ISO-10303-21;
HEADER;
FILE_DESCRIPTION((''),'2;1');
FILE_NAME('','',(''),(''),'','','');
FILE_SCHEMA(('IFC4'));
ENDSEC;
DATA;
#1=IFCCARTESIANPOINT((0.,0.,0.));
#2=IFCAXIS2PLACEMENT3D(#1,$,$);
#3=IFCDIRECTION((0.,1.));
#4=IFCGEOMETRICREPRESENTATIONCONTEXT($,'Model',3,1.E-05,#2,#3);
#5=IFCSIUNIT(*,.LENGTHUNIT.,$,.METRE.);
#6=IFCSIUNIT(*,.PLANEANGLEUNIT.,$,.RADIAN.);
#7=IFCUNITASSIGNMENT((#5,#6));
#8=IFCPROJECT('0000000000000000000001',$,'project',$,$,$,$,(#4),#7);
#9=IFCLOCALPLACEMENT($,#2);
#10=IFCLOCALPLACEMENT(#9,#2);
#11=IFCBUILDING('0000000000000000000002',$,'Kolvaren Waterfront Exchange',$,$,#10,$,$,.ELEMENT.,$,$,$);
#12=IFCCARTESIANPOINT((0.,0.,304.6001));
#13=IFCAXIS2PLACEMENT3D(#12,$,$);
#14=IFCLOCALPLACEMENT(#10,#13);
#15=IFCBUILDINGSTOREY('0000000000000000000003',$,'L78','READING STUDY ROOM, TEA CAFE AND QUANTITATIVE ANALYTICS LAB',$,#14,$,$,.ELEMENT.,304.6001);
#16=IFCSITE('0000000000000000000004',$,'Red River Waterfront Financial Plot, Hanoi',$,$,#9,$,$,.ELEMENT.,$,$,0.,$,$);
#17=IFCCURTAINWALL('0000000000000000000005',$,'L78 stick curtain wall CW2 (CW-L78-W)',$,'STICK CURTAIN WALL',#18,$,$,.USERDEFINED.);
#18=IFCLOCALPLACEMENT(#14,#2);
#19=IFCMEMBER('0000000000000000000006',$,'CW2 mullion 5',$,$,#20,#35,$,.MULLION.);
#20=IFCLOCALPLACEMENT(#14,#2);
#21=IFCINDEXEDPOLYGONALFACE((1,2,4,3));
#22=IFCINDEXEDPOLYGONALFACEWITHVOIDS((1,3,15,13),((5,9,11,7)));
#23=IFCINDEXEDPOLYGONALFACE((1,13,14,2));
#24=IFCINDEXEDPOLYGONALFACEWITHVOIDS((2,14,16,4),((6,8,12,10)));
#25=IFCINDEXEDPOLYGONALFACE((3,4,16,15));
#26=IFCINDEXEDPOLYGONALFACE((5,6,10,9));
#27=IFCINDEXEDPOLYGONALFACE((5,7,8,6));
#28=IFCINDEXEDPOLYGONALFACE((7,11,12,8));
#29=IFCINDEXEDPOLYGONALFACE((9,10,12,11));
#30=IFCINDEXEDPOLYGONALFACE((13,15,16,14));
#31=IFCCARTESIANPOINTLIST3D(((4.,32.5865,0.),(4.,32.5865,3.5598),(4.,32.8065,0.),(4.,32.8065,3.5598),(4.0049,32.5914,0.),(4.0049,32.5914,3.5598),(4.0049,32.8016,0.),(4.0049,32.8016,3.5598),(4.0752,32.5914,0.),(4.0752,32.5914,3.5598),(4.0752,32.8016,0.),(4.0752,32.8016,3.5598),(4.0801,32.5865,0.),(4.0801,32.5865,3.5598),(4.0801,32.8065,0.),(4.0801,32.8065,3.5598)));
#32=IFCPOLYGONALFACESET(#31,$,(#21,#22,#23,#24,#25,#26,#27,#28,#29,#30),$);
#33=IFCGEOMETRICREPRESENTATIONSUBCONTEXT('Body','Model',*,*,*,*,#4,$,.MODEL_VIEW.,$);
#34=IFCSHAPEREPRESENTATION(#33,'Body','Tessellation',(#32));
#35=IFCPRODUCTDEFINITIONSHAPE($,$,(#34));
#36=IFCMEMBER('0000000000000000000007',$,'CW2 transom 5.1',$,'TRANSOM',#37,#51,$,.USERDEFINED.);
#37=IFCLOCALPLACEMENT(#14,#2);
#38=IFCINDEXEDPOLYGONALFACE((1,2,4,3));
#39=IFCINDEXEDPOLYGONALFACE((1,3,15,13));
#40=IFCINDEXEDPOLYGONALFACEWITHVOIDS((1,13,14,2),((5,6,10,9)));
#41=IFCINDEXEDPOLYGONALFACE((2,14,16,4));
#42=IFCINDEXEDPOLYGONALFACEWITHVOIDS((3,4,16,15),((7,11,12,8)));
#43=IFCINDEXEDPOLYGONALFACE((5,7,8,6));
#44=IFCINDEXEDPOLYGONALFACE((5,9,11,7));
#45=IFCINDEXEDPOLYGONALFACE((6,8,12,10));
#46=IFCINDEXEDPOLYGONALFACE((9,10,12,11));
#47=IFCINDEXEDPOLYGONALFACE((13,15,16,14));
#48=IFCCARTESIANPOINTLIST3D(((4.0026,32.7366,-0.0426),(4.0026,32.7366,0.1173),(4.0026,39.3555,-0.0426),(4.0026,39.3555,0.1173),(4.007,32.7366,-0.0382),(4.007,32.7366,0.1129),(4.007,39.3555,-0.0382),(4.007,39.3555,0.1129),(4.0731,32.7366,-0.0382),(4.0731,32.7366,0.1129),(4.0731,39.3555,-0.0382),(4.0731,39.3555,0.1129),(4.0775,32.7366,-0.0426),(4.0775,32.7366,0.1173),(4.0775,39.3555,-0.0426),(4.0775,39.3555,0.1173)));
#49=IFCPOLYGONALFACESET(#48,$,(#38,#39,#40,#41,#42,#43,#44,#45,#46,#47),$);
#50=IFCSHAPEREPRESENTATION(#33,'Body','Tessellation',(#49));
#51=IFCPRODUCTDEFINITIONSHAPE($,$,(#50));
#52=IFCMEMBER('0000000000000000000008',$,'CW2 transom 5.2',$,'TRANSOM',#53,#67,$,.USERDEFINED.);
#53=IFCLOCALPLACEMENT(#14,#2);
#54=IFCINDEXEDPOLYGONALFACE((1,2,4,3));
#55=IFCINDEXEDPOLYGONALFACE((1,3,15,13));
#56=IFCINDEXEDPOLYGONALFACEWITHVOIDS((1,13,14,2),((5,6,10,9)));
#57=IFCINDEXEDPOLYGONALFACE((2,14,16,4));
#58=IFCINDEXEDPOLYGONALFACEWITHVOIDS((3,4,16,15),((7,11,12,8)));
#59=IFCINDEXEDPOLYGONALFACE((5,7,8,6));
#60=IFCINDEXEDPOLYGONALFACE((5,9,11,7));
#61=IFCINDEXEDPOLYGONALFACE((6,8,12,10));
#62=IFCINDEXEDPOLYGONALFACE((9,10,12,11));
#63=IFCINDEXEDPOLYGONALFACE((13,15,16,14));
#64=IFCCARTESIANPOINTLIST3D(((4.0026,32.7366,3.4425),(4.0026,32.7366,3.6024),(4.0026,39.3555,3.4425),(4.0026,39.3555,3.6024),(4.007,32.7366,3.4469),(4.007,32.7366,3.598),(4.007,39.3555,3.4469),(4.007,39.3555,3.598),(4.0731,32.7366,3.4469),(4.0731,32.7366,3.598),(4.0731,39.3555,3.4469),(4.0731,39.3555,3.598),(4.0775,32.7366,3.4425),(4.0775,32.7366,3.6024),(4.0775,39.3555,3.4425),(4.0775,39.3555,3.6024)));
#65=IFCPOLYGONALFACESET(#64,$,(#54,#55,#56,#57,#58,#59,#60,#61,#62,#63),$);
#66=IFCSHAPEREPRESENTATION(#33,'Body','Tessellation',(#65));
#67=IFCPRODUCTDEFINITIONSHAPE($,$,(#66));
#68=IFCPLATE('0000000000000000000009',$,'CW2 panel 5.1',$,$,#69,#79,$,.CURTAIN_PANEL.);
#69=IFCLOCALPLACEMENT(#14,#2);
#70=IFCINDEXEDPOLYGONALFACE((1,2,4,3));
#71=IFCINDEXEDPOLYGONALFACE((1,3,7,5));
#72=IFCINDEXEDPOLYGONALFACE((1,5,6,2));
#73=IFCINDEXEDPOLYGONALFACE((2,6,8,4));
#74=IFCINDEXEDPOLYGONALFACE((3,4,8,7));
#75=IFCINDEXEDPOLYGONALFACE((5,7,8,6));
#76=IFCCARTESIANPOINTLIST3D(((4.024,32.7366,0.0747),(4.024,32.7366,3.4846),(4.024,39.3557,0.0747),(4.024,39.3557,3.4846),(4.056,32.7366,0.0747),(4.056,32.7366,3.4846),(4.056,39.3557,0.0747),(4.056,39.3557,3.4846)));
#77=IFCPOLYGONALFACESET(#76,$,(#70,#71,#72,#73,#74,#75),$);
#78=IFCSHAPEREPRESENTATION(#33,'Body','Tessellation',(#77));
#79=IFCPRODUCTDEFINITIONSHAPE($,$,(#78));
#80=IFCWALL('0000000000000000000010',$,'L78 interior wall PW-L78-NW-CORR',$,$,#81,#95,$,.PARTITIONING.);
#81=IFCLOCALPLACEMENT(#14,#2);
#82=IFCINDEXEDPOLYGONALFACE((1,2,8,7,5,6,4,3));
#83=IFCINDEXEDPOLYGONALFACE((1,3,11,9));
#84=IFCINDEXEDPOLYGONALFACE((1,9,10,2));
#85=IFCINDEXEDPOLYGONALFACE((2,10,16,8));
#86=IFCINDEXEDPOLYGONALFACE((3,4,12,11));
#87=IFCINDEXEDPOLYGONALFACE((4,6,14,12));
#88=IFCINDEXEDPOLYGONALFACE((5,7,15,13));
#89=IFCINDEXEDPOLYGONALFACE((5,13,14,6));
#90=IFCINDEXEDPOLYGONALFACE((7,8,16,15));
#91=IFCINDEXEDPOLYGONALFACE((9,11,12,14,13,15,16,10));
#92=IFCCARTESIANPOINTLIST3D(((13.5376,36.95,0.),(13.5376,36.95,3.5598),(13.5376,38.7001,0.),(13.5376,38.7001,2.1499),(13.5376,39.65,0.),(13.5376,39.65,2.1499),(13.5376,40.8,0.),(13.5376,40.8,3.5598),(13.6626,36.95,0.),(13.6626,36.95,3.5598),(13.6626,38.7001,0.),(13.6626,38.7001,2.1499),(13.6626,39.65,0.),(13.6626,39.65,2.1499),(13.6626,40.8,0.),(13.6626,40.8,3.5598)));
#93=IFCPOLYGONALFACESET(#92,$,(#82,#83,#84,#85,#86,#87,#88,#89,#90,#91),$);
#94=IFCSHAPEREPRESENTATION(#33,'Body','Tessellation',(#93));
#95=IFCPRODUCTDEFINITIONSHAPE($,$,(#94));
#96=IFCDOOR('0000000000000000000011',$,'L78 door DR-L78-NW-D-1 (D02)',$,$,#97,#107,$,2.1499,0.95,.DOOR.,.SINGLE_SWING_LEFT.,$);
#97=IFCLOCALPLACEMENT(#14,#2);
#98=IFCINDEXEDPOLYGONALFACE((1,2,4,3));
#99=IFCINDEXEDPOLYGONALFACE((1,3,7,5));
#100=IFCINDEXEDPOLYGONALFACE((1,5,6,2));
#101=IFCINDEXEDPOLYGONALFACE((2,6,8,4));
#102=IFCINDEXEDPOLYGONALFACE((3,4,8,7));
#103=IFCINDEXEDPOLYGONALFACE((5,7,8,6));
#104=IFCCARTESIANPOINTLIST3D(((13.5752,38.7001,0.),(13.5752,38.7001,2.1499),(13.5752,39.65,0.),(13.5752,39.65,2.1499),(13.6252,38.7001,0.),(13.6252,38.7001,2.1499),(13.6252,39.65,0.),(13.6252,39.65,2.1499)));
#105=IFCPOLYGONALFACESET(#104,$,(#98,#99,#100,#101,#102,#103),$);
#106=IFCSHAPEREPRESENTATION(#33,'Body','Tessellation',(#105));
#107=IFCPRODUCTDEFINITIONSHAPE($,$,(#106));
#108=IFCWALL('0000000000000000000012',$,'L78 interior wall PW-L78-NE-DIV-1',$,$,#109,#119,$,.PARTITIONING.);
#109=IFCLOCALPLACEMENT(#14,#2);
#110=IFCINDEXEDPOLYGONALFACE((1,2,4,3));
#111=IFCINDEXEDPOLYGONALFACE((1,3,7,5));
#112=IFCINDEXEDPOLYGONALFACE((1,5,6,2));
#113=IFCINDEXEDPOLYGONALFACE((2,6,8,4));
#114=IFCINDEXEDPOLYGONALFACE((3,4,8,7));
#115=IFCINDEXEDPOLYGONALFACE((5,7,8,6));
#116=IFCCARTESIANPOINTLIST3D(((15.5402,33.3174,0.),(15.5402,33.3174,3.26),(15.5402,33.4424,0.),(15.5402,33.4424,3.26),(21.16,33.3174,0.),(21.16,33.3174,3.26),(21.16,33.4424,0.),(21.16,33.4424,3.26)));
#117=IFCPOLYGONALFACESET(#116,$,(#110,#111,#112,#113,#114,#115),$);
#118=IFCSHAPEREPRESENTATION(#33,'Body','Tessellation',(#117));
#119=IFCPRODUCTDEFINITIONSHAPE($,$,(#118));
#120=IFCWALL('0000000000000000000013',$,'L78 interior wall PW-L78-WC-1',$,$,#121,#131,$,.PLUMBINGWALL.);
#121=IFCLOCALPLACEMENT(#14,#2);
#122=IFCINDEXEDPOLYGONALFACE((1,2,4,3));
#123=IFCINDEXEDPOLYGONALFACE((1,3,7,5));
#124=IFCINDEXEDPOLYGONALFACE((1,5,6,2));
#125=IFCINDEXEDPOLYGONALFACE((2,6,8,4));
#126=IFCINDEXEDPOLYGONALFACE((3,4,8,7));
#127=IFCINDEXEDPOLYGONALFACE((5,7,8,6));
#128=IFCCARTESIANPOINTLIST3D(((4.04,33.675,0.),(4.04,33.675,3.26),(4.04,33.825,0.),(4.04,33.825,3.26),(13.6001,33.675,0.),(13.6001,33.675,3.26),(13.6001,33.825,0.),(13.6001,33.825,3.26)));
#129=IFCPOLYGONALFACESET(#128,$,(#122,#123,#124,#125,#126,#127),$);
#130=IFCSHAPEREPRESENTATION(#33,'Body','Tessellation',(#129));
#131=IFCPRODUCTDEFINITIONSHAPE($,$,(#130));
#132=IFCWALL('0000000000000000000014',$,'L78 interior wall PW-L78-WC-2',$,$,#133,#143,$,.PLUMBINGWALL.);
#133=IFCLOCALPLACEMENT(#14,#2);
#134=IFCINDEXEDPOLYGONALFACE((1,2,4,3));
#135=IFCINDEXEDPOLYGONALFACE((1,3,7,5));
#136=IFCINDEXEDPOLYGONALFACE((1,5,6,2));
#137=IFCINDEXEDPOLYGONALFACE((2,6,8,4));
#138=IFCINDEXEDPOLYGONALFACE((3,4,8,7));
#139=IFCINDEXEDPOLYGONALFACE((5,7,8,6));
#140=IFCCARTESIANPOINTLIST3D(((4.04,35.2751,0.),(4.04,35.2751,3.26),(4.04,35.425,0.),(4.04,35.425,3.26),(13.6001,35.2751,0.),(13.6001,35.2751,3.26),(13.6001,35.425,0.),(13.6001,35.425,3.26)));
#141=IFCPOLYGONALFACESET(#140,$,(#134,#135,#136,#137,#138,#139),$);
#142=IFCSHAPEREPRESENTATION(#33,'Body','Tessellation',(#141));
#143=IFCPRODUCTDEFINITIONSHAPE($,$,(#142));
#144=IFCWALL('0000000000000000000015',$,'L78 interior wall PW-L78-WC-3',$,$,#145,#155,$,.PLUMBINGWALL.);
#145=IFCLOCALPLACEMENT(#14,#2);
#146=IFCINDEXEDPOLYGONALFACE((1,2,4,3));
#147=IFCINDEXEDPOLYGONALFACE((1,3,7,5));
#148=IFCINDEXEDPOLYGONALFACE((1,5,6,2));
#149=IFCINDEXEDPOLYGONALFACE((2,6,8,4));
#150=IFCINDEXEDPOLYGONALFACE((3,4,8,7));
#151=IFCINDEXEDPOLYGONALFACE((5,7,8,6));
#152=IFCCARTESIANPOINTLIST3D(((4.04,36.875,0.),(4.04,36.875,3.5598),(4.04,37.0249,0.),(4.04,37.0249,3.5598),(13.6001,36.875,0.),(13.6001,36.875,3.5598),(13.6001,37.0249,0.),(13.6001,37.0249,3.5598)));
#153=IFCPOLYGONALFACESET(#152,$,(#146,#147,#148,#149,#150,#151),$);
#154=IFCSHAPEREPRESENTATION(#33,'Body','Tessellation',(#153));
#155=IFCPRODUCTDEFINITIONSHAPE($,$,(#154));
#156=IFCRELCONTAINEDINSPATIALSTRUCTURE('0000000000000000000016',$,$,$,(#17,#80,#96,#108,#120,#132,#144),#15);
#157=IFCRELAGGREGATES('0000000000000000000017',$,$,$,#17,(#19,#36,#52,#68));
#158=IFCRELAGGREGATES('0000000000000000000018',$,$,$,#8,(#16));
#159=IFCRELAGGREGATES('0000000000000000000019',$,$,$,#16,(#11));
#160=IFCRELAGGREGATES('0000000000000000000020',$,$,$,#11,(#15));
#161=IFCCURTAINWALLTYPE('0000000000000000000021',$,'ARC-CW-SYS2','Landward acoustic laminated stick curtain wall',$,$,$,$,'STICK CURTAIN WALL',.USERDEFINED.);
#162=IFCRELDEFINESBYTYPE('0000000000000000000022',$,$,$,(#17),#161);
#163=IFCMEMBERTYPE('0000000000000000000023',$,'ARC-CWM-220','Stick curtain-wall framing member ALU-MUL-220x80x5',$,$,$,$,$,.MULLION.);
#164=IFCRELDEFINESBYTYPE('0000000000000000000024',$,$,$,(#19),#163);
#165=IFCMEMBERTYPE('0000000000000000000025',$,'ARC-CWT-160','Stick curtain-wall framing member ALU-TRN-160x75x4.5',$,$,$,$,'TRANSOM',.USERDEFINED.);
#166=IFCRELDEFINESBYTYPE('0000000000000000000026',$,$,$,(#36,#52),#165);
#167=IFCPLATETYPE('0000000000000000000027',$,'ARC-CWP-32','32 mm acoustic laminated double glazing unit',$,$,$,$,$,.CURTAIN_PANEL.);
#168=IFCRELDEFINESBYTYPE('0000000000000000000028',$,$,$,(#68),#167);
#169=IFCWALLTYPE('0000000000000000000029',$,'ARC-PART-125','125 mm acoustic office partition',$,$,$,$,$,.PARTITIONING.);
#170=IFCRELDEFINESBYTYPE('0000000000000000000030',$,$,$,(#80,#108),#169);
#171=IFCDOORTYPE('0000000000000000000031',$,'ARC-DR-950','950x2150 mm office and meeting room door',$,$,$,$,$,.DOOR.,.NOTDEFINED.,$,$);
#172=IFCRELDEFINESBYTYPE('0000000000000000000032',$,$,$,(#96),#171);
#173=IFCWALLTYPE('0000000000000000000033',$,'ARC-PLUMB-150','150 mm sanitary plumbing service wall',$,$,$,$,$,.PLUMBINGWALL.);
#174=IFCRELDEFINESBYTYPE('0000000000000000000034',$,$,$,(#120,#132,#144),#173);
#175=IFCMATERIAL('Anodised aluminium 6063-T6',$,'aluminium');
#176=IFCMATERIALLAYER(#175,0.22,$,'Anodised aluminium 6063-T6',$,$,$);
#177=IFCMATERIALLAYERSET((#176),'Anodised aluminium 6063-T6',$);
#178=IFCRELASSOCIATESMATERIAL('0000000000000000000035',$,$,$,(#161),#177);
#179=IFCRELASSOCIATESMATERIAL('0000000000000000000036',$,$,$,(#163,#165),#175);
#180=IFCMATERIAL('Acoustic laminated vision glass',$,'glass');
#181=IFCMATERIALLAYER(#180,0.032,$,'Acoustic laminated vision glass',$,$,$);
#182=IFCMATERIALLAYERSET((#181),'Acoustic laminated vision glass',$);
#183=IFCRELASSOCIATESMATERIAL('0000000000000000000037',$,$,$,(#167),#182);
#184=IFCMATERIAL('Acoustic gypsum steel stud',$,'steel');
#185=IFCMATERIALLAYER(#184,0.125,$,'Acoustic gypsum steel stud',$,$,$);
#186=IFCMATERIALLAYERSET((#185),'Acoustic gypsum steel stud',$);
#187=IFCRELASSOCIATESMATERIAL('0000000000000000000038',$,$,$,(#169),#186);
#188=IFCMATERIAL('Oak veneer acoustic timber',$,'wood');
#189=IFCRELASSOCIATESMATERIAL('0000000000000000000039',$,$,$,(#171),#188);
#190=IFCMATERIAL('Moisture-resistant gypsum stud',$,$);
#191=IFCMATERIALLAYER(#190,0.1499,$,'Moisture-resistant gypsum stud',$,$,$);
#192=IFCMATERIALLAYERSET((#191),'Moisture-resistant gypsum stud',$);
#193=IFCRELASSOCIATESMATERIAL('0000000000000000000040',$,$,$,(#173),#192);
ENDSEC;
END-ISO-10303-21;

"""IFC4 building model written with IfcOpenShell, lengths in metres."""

from ifc_helpers import new_model, si_unit, direction, frame, frame_2d, origin, origin_with_axes, origin_2d, place, context, subcontext, project, spatial, rectangle, hollow_rectangle, extrude, source, transform, mapped, material, layer, layer_set, material_profile, profile_set, type_object, element, fill, aggregate, save


model = new_model("IFC4")

# Units and contexts
model_context = context("Model", 3, precision=1e-05, world=origin(), true_north=direction((0.0, 1.0)))
body_context = subcontext(model_context, "Body", "Model", "MODEL_VIEW")
ifc_project = project(units=[si_unit("LENGTHUNIT", "METRE"), si_unit("PLANEANGLEUNIT", "RADIAN")], contexts=[model_context])

# Site, building, storey
site_placement = place(None, origin())
site = spatial("IfcSite", under=ifc_project, at=site_placement, Name="Red River Waterfront Financial Plot, Hanoi", CompositionType="ELEMENT", RefElevation=0.0)
building_placement = place(site_placement, origin())
building = spatial("IfcBuilding", under=site, at=building_placement, Name="Kolvaren Waterfront Exchange", CompositionType="ELEMENT")
storey_placement = place(building_placement, frame((0.0, 0.0, 304.6001)))
storey = spatial("IfcBuildingStorey", under=building, at=storey_placement, Name="L78", Description="READING STUDY ROOM, TEA CAFE AND QUANTITATIVE ANALYTICS LAB", CompositionType="ELEMENT", Elevation=304.6001)

# Curtain wall, members, plate
ifc_material_1 = material(Name="Anodised aluminium 6063-T6", Category="aluminium")
ifc_layer_1 = layer(ifc_material_1, 0.22, Name="Anodised aluminium 6063-T6")
ifc_layer_set_1 = layer_set([ifc_layer_1], Name="Anodised aluminium 6063-T6")
curtain_wall_type = type_object("IfcCurtainWallType", Name="ARC-CW-SYS2", Description="Landward acoustic laminated stick curtain wall", ElementType="STICK CURTAIN WALL", PredefinedType="USERDEFINED", material=ifc_layer_set_1)
curtain_wall_placement = place(storey_placement, origin())
curtain_wall = element("IfcCurtainWall", 1, at=curtain_wall_placement, inside=storey, type_object=curtain_wall_type, Name="L78 stick curtain wall CW2 (CW-L78-W)", ObjectType="STICK CURTAIN WALL", PredefinedType="USERDEFINED")
ifc_material_profile_1 = material_profile(ifc_material_1, hollow_rectangle(XDim=0.0801, YDim=0.22, WallThickness=0.0049, at=origin_2d()), Name="ALU-MUL-220x80x5")
ifc_profile_set_1 = profile_set([ifc_material_profile_1], Name="Anodised aluminium 6063-T6")
member_type_1 = type_object("IfcMemberType", Name="ARC-CWM-220", Description="Stick curtain-wall framing member ALU-MUL-220x80x5", PredefinedType="MULLION", material=ifc_profile_set_1)
shared_shape_1 = source(origin_with_axes(), body_context, "Body", "SweptSolid", [
    extrude(hollow_rectangle(XDim=0.0801, YDim=0.22, WallThickness=0.0049, at=origin_2d()), origin(), (0.0, 0.0, 1.0), 3.5598),
])
member_1_placement = place(storey_placement, frame((4.04, 32.6965, 0.0), z_axis=(0.0, 0.0, 1.0), x_axis=(-1.0, 0.0, 0.0)))
member_1 = element("IfcMember", 2, at=member_1_placement, type_object=member_type_1, Name="CW2 mullion 5", PredefinedType="MULLION", context=body_context, shape_type="MappedRepresentation", body=[
    mapped(shared_shape_1, transform((0.0, 0.0, 0.0), x_axis=(1.0, 0.0, 0.0), y_axis=(0.0, 1.0, 0.0), z_axis=(0.0, 0.0, 1.0), scale=1.0)),
])
ifc_material_profile_2 = material_profile(ifc_material_1, hollow_rectangle(XDim=0.075, YDim=0.1599, WallThickness=0.0044, at=origin_2d()), Name="ALU-TRN-160x75x4.5")
ifc_profile_set_2 = profile_set([ifc_material_profile_2], Name="Anodised aluminium 6063-T6")
member_type_2 = type_object("IfcMemberType", Name="ARC-CWT-160", Description="Stick curtain-wall framing member ALU-TRN-160x75x4.5", ElementType="TRANSOM", PredefinedType="USERDEFINED", material=ifc_profile_set_2)
shared_shape_2 = source(origin_with_axes(), body_context, "Body", "SweptSolid", [
    extrude(hollow_rectangle(XDim=0.075, YDim=0.1599, WallThickness=0.0044, at=origin_2d()), origin(), (0.0, 0.0, 1.0), 6.6189),
])
member_2_placement = place(storey_placement, frame((4.04, 32.7366, 0.0374), z_axis=(0.0, 1.0, 0.0), x_axis=(-1.0, 0.0, 0.0)))
member_2 = element("IfcMember", 3, at=member_2_placement, type_object=member_type_2, Name="CW2 transom 5.1", ObjectType="TRANSOM", PredefinedType="USERDEFINED", context=body_context, shape_type="MappedRepresentation", body=[
    mapped(shared_shape_2, transform((0.0, 0.0, 0.0), x_axis=(1.0, 0.0, 0.0), y_axis=(0.0, 1.0, 0.0), z_axis=(0.0, 0.0, 1.0), scale=1.0)),
])
member_3_placement = place(storey_placement, frame((4.04, 32.7366, 3.5225), z_axis=(0.0, 1.0, 0.0), x_axis=(-1.0, 0.0, 0.0)))
member_3 = element("IfcMember", 4, at=member_3_placement, type_object=member_type_2, Name="CW2 transom 5.2", ObjectType="TRANSOM", PredefinedType="USERDEFINED", context=body_context, shape_type="MappedRepresentation", body=[
    mapped(shared_shape_2, transform((0.0, 0.0, 0.0), x_axis=(1.0, 0.0, 0.0), y_axis=(0.0, 1.0, 0.0), z_axis=(0.0, 0.0, 1.0), scale=1.0)),
])
ifc_material_2 = material(Name="Acoustic laminated vision glass", Category="glass")
ifc_layer_2 = layer(ifc_material_2, 0.032, Name="Acoustic laminated vision glass")
ifc_layer_set_2 = layer_set([ifc_layer_2], Name="Acoustic laminated vision glass")
plate_type = type_object("IfcPlateType", Name="ARC-CWP-32", Description="32 mm acoustic laminated double glazing unit", PredefinedType="CURTAIN_PANEL", material=ifc_layer_set_2)
shared_shape_3 = source(origin_with_axes(), body_context, "Body", "SweptSolid", [
    extrude(rectangle(XDim=6.6191, YDim=0.032, at=origin_2d()), origin(), (0.0, 0.0, 1.0), 3.4099),
])
plate_placement = place(storey_placement, frame((4.04, 36.0461, 0.0747), z_axis=(0.0, 0.0, 1.0), x_axis=(0.0, 1.0, 0.0)))
plate = element("IfcPlate", 5, at=plate_placement, type_object=plate_type, Name="CW2 panel 5.1", PredefinedType="CURTAIN_PANEL", context=body_context, shape_type="MappedRepresentation", body=[
    mapped(shared_shape_3, transform((0.0, 0.0, 0.0), x_axis=(1.0, 0.0, 0.0), y_axis=(0.0, 1.0, 0.0), z_axis=(0.0, 0.0, 1.0), scale=1.0)),
])
aggregate(curtain_wall, [member_1, member_2, member_3, plate])

# Wall, opening, door
ifc_material_3 = material(Name="Acoustic gypsum steel stud", Category="steel")
ifc_layer_3 = layer(ifc_material_3, 0.125, Name="Acoustic gypsum steel stud")
ifc_layer_set_3 = layer_set([ifc_layer_3], Name="Acoustic gypsum steel stud")
wall_type_1 = type_object("IfcWallType", Name="ARC-PART-125", Description="125 mm acoustic office partition", PredefinedType="PARTITIONING", material=ifc_layer_set_3)
wall_1_placement = place(storey_placement, frame((13.6001, 36.95, 0.0), z_axis=(0.0, 0.0, 1.0), x_axis=(0.0, 1.0, 0.0)))
wall_1 = element("IfcWall", 6, at=wall_1_placement, inside=storey, type_object=wall_type_1, Name="L78 interior wall PW-L78-NW-CORR", PredefinedType="PARTITIONING", context=body_context, shape_type="SweptSolid", body=[
    extrude(rectangle(XDim=3.8501, YDim=0.125, at=frame_2d((1.925, 0.0))), origin(), (0.0, 0.0, 1.0), 3.5598),
])
opening_placement = place(wall_1_placement, frame((1.75, 0.0, 0.0)))
opening = element("IfcOpeningElement", 7, at=opening_placement, cuts=wall_1, PredefinedType="OPENING", context=body_context, shape_type="SweptSolid", body=[
    extrude(rectangle(XDim=0.95, YDim=2.1499, at=frame_2d((0.4751, 1.075))), frame((0.0, 0.0725, 0.0), z_axis=(0.0, -1.0, 0.0), x_axis=(1.0, 0.0, 0.0)), (0.0, 0.0, 1.0), 0.145),
])
ifc_material_4 = material(Name="Oak veneer acoustic timber", Category="wood")
door_type = type_object("IfcDoorType", Name="ARC-DR-950", Description="950x2150 mm office and meeting room door", OperationType="NOTDEFINED", PredefinedType="DOOR", material=ifc_material_4)
door_placement = place(opening_placement, origin())
door = element("IfcDoor", 8, at=door_placement, inside=storey, type_object=door_type, Name="L78 door DR-L78-NW-D-1 (D02)", OperationType="SINGLE_SWING_LEFT", OverallHeight=2.1499, OverallWidth=0.95, PredefinedType="DOOR", context=body_context, shape_type="SweptSolid", body=[
    extrude(rectangle(XDim=0.95, YDim=2.1499, at=frame_2d((0.4751, 1.075))), frame((0.0, 0.0249, 0.0), z_axis=(0.0, -1.0, 0.0), x_axis=(1.0, 0.0, 0.0)), (0.0, 0.0, 1.0), 0.05),
])
fill(opening, door)

# Walls
wall_2_placement = place(storey_placement, frame((15.54, 33.3799, 0.0), z_axis=(0.0, 0.0, 1.0), x_axis=(1.0, 0.0, 0.0)))
element("IfcWall", 9, at=wall_2_placement, inside=storey, type_object=wall_type_1, Name="L78 interior wall PW-L78-NE-DIV-1", PredefinedType="PARTITIONING", context=body_context, shape_type="SweptSolid", body=[
    extrude(rectangle(XDim=5.6199, YDim=0.125, at=frame_2d((2.8101, 0.0))), origin(), (0.0, 0.0, 1.0), 3.26),
])
ifc_material_5 = material(Name="Moisture-resistant gypsum stud")
ifc_layer_4 = layer(ifc_material_5, 0.1499, Name="Moisture-resistant gypsum stud")
ifc_layer_set_4 = layer_set([ifc_layer_4], Name="Moisture-resistant gypsum stud")
wall_type_2 = type_object("IfcWallType", Name="ARC-PLUMB-150", Description="150 mm sanitary plumbing service wall", PredefinedType="PLUMBINGWALL", material=ifc_layer_set_4)
for number, where, z_axis, x_axis, name in (
    (10, (4.04, 33.75, 0.0), (0.0, 0.0, 1.0), (1.0, 0.0, 0.0), "L78 interior wall PW-L78-WC-1"),
    (11, (4.04, 35.3501, 0.0), (0.0, 0.0, 1.0), (1.0, 0.0, 0.0), "L78 interior wall PW-L78-WC-2"),
):
    element("IfcWall", number, at=place(storey_placement, frame(where, z_axis=z_axis, x_axis=x_axis)), inside=storey, type_object=wall_type_2, Name=name, PredefinedType="PLUMBINGWALL", context=body_context, shape_type="SweptSolid", body=[
        extrude(rectangle(XDim=9.5601, YDim=0.1499, at=frame_2d((4.78, 0.0))), origin(), (0.0, 0.0, 1.0), 3.26),
    ])
wall_3_placement = place(storey_placement, frame((4.04, 36.95, 0.0), z_axis=(0.0, 0.0, 1.0), x_axis=(1.0, 0.0, 0.0)))
element("IfcWall", 12, at=wall_3_placement, inside=storey, type_object=wall_type_2, Name="L78 interior wall PW-L78-WC-3", PredefinedType="PLUMBINGWALL", context=body_context, shape_type="SweptSolid", body=[
    extrude(rectangle(XDim=9.5601, YDim=0.1499, at=frame_2d((4.78, 0.0))), origin(), (0.0, 0.0, 1.0), 3.5598),
])

save(model, "model.ifc")
